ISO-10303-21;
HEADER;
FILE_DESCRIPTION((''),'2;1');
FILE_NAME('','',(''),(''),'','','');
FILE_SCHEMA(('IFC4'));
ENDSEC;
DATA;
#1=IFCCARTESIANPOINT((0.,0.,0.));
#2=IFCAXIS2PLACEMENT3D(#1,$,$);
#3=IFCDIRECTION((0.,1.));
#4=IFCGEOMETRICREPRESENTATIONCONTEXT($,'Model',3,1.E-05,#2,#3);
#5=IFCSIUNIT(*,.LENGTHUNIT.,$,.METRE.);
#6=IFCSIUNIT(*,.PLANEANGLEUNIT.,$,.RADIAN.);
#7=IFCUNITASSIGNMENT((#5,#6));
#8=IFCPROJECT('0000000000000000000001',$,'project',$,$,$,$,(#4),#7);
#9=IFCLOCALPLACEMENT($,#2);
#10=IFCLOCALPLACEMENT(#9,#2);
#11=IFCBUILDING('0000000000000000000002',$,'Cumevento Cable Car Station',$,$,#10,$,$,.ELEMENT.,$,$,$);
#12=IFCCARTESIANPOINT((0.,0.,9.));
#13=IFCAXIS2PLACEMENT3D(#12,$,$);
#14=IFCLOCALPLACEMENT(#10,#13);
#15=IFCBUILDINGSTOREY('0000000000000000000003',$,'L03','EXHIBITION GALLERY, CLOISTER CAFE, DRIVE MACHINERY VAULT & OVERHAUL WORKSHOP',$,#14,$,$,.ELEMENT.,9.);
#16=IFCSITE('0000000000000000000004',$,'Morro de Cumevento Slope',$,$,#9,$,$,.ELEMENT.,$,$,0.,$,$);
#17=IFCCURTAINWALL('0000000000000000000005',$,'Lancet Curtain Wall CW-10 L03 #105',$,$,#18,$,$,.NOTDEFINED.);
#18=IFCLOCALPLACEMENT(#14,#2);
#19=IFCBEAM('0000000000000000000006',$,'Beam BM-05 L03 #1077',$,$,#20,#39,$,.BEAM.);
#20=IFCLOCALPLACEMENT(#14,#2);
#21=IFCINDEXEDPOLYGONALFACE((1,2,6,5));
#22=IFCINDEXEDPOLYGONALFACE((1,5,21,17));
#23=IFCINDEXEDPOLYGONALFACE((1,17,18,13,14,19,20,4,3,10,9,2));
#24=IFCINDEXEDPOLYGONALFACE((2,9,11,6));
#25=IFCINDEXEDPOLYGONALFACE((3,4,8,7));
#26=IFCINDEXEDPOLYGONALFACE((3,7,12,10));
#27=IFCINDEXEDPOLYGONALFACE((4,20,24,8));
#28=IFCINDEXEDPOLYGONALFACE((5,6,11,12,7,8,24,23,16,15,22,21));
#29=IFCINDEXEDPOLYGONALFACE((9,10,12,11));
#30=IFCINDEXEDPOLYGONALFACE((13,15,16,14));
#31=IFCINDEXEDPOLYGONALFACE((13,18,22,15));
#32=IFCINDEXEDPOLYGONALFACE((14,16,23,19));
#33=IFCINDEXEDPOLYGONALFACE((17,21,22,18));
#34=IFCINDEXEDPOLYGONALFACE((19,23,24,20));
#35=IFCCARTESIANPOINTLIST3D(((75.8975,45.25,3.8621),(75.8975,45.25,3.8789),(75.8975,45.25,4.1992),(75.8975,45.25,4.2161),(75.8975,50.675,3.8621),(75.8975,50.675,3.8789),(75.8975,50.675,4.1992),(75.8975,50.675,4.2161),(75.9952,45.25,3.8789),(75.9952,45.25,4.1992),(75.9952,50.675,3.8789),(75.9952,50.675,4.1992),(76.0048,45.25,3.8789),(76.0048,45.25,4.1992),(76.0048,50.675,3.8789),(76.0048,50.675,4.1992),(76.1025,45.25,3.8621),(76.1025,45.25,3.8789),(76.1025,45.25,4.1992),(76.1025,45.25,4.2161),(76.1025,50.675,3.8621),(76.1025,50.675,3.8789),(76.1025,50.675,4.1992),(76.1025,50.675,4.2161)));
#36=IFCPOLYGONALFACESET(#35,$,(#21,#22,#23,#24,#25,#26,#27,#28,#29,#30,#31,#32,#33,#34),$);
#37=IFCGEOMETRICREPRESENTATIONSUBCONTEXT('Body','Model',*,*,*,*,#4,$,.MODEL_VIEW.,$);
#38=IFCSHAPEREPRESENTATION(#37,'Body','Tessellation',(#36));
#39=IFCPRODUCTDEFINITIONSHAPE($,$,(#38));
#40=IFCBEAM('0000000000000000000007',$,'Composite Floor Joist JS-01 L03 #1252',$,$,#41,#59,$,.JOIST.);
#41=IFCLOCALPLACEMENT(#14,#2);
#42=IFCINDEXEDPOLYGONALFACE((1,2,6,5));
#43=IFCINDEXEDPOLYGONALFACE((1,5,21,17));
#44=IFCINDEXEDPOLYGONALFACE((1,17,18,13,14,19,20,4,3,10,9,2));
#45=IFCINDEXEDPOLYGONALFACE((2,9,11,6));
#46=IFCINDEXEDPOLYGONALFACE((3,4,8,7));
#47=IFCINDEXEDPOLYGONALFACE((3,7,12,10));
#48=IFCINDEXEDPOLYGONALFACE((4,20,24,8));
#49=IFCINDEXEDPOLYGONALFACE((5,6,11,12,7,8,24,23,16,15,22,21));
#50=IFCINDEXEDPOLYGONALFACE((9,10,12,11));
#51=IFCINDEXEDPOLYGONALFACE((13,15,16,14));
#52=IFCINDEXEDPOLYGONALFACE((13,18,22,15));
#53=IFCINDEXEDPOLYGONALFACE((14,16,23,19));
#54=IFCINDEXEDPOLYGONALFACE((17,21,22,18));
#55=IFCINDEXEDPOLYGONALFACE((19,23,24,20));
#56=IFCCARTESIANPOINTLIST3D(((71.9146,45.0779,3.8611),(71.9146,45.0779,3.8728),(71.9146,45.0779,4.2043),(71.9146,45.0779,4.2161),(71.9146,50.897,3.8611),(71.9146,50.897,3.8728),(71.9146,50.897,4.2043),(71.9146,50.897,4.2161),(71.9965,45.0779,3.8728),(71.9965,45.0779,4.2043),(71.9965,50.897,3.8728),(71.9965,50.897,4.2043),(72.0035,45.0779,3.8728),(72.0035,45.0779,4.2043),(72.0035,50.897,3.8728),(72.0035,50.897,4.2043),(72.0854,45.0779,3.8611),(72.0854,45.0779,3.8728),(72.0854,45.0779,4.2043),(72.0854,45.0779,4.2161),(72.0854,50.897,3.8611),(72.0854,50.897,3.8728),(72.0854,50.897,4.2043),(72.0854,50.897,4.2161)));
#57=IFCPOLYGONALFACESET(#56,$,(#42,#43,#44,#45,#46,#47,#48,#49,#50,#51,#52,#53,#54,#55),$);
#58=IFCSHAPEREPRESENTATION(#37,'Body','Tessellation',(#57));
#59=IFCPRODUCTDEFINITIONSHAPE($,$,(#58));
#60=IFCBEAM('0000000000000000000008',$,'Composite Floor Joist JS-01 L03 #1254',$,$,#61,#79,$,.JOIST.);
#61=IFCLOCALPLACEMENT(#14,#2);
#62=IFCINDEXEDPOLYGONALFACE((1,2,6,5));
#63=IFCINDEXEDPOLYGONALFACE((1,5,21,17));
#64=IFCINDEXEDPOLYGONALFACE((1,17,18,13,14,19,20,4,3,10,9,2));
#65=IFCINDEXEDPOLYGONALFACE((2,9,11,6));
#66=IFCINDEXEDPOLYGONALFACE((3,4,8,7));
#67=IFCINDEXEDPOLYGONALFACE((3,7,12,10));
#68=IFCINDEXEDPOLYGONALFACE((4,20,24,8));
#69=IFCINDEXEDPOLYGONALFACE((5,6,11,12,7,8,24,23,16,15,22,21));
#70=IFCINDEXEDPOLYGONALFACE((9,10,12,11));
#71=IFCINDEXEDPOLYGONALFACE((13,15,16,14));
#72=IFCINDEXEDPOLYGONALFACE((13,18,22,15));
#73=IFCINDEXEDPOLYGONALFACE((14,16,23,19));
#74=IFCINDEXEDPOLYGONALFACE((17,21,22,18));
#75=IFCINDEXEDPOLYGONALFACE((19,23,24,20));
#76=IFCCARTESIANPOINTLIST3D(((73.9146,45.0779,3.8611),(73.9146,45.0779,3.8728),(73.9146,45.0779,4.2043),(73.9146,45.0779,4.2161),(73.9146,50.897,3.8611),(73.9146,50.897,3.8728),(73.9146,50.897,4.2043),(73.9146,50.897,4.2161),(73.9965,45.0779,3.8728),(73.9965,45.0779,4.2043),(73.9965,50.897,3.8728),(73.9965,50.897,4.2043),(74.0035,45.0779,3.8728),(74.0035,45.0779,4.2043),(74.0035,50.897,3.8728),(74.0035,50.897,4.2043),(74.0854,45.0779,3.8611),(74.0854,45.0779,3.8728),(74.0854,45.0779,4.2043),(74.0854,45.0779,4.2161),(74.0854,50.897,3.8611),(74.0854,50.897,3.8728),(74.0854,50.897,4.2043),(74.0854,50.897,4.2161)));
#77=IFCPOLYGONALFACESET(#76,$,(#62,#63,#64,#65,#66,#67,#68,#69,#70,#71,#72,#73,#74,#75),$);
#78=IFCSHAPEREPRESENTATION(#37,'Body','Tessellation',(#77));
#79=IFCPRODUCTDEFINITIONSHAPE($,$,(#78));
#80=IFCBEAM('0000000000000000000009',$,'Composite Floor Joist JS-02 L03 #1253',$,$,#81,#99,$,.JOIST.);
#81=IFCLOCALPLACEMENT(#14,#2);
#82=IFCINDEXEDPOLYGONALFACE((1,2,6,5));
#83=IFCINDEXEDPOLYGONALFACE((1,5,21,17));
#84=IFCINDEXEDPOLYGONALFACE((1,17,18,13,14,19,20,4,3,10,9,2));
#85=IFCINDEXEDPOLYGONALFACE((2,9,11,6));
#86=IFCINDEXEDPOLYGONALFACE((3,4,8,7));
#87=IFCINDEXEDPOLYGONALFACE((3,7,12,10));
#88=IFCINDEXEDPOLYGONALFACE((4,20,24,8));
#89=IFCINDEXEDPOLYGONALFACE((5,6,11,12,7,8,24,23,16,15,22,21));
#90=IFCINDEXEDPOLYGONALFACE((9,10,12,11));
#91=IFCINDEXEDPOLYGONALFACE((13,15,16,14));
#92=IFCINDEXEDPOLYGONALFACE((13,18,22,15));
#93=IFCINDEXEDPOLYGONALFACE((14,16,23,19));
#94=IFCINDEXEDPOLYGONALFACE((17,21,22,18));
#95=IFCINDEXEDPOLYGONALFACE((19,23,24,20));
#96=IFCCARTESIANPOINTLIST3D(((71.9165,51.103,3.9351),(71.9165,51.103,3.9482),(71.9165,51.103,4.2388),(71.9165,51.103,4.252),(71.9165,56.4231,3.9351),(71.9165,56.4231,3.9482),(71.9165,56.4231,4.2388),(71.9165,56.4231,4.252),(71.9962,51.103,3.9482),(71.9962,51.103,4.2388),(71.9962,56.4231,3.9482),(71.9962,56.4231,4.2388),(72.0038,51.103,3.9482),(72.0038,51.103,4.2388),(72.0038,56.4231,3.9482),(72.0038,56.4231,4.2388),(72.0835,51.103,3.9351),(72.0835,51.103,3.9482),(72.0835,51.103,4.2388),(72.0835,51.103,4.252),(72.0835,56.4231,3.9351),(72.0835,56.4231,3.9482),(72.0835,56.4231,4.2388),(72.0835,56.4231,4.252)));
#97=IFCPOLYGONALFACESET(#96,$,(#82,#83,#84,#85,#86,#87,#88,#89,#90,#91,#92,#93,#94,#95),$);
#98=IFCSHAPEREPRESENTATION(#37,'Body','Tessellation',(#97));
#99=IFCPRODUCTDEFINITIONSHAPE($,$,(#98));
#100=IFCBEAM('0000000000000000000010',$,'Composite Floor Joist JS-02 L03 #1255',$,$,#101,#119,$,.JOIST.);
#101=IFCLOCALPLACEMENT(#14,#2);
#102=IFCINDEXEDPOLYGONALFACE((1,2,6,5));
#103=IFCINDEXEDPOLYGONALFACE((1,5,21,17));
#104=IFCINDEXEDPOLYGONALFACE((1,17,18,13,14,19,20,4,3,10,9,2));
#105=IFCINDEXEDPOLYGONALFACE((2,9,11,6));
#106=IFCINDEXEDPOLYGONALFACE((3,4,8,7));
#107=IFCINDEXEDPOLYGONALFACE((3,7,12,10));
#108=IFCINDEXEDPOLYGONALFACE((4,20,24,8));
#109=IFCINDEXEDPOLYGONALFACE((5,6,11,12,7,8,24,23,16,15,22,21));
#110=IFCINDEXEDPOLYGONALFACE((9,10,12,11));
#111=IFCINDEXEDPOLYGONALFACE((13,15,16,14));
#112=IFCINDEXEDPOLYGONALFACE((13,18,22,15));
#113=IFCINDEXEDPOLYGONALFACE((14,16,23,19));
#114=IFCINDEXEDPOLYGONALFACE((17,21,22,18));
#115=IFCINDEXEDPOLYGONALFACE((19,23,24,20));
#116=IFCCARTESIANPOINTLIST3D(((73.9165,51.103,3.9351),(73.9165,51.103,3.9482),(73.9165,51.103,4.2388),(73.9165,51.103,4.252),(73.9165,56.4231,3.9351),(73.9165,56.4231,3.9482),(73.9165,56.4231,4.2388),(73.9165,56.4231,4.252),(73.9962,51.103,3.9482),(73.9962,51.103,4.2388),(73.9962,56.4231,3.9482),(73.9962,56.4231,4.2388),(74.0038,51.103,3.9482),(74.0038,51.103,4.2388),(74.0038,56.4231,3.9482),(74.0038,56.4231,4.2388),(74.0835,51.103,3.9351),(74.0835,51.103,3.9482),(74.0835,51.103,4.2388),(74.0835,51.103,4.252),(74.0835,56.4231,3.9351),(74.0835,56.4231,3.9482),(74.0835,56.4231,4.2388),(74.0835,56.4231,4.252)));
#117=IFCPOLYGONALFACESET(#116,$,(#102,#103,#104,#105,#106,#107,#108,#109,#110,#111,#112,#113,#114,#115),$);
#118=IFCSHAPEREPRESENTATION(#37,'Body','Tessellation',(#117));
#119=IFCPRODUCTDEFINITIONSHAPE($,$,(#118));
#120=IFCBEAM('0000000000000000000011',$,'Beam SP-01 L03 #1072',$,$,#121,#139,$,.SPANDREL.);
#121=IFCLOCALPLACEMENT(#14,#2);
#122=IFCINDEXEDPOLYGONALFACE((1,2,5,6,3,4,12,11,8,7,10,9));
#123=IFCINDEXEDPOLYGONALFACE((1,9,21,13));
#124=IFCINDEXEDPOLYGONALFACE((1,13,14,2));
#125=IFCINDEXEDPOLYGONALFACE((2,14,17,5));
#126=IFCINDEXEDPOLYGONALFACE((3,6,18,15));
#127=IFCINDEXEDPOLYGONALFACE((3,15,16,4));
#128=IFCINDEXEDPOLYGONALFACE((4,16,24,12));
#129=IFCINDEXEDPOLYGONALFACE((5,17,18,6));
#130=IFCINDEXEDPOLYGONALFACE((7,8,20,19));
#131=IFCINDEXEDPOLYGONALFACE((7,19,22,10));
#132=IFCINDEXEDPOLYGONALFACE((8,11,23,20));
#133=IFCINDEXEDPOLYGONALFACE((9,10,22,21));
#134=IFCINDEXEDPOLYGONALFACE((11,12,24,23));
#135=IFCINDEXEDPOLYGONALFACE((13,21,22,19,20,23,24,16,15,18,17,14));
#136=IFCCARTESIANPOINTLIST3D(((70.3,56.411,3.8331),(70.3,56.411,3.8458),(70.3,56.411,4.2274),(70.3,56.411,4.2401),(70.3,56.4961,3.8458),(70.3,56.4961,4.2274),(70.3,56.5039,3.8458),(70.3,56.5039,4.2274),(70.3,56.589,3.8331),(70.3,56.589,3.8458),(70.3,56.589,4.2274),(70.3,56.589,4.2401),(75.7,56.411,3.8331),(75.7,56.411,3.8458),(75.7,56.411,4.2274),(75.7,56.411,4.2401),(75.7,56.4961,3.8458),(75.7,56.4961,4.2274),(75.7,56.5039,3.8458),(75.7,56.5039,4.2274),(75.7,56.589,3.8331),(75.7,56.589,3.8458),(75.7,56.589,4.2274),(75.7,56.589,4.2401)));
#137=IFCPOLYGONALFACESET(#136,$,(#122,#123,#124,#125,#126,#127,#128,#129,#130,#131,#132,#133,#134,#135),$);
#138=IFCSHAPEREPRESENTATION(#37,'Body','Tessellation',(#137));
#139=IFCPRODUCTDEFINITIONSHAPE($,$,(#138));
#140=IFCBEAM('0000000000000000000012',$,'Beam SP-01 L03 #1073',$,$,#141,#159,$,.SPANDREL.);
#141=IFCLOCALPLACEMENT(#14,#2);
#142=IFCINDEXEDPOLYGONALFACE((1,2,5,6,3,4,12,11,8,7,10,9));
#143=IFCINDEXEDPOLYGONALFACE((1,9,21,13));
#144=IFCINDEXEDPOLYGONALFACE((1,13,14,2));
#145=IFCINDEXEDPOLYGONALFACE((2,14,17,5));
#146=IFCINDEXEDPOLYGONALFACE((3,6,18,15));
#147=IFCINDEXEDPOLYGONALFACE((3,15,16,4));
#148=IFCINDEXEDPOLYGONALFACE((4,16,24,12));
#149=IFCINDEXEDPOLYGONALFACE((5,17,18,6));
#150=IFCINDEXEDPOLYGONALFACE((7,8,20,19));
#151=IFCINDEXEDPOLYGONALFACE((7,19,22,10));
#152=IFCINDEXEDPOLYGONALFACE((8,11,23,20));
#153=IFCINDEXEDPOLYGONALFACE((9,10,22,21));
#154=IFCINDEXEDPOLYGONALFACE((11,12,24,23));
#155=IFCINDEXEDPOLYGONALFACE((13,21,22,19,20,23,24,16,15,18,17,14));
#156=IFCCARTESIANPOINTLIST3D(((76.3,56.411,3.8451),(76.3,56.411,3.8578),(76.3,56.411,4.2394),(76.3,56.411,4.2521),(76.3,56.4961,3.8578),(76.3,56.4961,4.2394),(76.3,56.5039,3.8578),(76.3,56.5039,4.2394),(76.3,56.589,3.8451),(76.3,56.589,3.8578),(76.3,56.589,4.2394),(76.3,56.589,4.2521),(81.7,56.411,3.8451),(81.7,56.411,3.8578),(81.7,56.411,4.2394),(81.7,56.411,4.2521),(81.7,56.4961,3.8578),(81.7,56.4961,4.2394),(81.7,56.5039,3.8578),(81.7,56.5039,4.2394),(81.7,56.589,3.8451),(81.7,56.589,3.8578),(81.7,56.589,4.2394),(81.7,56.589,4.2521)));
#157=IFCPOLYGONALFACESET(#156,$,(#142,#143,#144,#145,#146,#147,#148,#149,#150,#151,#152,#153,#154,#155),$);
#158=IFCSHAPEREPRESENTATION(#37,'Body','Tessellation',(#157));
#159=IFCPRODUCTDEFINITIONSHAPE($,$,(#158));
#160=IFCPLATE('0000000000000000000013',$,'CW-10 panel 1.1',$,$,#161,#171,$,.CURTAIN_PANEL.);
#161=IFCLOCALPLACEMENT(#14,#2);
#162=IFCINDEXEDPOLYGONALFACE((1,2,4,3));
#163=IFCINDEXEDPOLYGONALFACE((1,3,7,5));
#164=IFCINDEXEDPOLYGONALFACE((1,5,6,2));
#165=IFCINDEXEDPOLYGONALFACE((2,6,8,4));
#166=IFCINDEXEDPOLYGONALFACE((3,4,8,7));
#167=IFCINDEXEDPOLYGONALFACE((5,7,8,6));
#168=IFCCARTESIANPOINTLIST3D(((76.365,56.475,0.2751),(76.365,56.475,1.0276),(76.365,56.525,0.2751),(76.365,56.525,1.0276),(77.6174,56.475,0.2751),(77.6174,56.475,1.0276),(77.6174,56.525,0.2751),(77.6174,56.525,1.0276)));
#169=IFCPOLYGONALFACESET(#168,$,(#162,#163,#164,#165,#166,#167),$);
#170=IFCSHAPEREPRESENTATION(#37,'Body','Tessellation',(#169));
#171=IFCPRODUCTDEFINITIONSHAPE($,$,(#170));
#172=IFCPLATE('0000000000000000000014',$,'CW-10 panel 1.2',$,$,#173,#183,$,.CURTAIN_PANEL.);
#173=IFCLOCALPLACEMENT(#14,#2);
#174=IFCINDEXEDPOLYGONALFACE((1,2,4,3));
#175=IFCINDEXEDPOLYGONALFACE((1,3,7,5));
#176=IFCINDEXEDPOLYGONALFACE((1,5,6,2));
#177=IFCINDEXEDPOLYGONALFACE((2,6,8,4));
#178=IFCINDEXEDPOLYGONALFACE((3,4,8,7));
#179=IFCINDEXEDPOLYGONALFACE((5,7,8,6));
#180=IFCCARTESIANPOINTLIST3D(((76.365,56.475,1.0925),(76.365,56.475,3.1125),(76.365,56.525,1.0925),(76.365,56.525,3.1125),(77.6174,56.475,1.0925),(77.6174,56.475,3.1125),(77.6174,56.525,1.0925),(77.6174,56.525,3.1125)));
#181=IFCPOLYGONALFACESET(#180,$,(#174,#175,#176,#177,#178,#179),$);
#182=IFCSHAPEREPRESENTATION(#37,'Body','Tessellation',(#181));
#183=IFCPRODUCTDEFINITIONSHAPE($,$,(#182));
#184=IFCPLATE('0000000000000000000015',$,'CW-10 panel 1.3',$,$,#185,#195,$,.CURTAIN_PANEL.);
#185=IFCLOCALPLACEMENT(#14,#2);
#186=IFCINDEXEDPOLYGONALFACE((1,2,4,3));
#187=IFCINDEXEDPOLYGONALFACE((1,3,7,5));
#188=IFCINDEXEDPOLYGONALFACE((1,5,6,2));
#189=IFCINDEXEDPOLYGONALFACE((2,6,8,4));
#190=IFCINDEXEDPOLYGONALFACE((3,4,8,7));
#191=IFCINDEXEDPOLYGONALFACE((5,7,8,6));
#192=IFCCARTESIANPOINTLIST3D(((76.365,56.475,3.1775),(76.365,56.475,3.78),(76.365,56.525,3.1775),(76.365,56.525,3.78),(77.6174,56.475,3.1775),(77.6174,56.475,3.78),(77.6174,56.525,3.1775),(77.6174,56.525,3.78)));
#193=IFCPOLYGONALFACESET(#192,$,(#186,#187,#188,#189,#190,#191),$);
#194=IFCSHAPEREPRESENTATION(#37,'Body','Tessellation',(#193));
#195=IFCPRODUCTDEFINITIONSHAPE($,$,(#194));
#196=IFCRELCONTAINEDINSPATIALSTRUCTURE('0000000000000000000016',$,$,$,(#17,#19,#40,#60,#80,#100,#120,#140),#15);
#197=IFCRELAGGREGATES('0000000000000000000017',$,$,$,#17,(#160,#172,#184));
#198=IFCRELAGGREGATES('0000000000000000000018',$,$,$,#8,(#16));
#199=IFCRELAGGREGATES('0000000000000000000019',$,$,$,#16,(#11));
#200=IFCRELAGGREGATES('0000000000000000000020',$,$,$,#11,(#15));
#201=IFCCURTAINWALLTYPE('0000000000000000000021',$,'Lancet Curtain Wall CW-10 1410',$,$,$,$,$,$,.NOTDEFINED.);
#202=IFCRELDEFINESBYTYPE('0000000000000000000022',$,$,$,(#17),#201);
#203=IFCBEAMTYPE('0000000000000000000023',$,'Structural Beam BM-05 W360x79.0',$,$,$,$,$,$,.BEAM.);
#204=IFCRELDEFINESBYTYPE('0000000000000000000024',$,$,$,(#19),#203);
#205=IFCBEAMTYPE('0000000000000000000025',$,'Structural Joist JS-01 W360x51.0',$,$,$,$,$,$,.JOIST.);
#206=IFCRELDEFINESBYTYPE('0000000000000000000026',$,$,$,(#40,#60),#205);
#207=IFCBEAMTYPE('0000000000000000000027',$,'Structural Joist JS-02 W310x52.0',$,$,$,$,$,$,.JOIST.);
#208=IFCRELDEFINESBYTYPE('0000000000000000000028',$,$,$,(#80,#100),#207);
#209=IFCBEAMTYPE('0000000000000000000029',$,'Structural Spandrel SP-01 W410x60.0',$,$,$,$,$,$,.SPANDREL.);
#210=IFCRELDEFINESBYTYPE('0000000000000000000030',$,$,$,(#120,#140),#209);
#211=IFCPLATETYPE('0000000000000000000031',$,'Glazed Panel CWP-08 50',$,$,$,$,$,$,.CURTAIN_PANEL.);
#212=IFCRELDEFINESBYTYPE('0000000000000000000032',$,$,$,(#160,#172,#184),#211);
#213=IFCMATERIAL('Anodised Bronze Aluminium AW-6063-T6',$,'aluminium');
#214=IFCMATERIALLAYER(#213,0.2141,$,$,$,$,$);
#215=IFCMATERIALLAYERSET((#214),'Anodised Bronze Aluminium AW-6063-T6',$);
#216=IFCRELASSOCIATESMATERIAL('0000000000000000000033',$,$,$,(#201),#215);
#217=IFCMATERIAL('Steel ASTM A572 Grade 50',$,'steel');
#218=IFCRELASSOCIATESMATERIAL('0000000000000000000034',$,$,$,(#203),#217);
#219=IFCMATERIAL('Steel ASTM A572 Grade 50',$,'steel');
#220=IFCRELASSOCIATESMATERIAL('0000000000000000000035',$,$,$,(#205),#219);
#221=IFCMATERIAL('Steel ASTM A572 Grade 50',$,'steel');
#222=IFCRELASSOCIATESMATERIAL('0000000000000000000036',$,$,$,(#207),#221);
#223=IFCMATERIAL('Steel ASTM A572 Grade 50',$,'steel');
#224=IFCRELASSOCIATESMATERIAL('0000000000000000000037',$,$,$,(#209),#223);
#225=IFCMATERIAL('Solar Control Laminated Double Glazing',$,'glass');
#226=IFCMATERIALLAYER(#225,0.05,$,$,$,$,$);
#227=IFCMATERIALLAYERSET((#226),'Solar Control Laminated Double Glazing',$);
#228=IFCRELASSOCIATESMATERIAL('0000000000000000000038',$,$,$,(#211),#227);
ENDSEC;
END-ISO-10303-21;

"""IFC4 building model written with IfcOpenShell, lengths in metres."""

from ifc_helpers import new_model, si_unit, direction, frame, origin, origin_2d, place, context, subcontext, project, spatial, rectangle, i_section, extrude, material, layer, layer_set, material_profile, profile_set, type_object, element, aggregate, save


model = new_model("IFC4")

# Units and contexts
model_context = context("Model", 3, precision=1e-05, world=origin(), true_north=direction((0.0, 1.0)))
body_context = subcontext(model_context, "Body", "Model", "MODEL_VIEW")
ifc_project = project(units=[si_unit("LENGTHUNIT", "METRE"), si_unit("PLANEANGLEUNIT", "RADIAN")], contexts=[model_context])

# Site, building, storey
site_placement = place(None, origin())
site = spatial("IfcSite", under=ifc_project, at=site_placement, Name="Morro de Cumevento Slope", CompositionType="ELEMENT", RefElevation=0.0)
building_placement = place(site_placement, origin())
building = spatial("IfcBuilding", under=site, at=building_placement, Name="Cumevento Cable Car Station", CompositionType="ELEMENT")
storey_placement = place(building_placement, frame((0.0, 0.0, 9.0)))
storey = spatial("IfcBuildingStorey", under=building, at=storey_placement, Name="L03", Description="EXHIBITION GALLERY, CLOISTER CAFE, DRIVE MACHINERY VAULT & OVERHAUL WORKSHOP", CompositionType="ELEMENT", Elevation=9.0)

# Curtain wall
ifc_material_1 = material(Name="Anodised Bronze Aluminium AW-6063-T6", Category="aluminium")
ifc_layer_1 = layer(ifc_material_1, 0.2141)
ifc_layer_set_1 = layer_set([ifc_layer_1], Name="Anodised Bronze Aluminium AW-6063-T6")
curtain_wall_type = type_object("IfcCurtainWallType", Name="Lancet Curtain Wall CW-10 1410", PredefinedType="NOTDEFINED", material=ifc_layer_set_1)
curtain_wall_placement = place(storey_placement, origin())
curtain_wall = element("IfcCurtainWall", 1, at=curtain_wall_placement, inside=storey, type_object=curtain_wall_type, Name="Lancet Curtain Wall CW-10 L03 #105", PredefinedType="NOTDEFINED")

# Beams
ifc_material_2 = material(Name="Steel ASTM A572 Grade 50", Category="steel")
ifc_material_profile_1 = material_profile(ifc_material_2, i_section(OverallWidth=0.2051, OverallDepth=0.354, WebThickness=0.0095, FlangeThickness=0.0168, at=origin_2d()), Name="W360x79.0")
ifc_profile_set_1 = profile_set([ifc_material_profile_1], Name="Steel ASTM A572 Grade 50")
beam_type_1 = type_object("IfcBeamType", Name="Structural Beam BM-05 W360x79.0", PredefinedType="BEAM", material=ifc_profile_set_1)
beam_1_placement = place(storey_placement, frame((76.0, 45.25, 4.0391), z_axis=(0.0, 1.0, 0.0), x_axis=(-1.0, 0.0, 0.0)))
element("IfcBeam", 2, at=beam_1_placement, inside=storey, type_object=beam_type_1, Name="Beam BM-05 L03 #1077", PredefinedType="BEAM", context=body_context, shape_type="SweptSolid", body=[
    extrude(i_section(OverallWidth=0.2051, OverallDepth=0.354, WebThickness=0.0095, FlangeThickness=0.0168, at=origin_2d()), origin(), (0.0, 0.0, 1.0), 5.425),
])
ifc_material_3 = material(Name="Steel ASTM A572 Grade 50", Category="steel")
ifc_material_profile_2 = material_profile(ifc_material_3, i_section(OverallWidth=0.1709, OverallDepth=0.355, WebThickness=0.0071, FlangeThickness=0.0117, at=origin_2d()), Name="W360x51.0")
ifc_profile_set_2 = profile_set([ifc_material_profile_2], Name="Steel ASTM A572 Grade 50")
beam_type_2 = type_object("IfcBeamType", Name="Structural Joist JS-01 W360x51.0", PredefinedType="JOIST", material=ifc_profile_set_2)
for number, where, z_axis, x_axis, name in (
    (3, (72.0, 45.0779, 4.0386), (0.0, 1.0, 0.0), (-1.0, 0.0, 0.0), "Composite Floor Joist JS-01 L03 #1252"),
    (4, (74.0, 45.0779, 4.0386), (0.0, 1.0, 0.0), (-1.0, 0.0, 0.0), "Composite Floor Joist JS-01 L03 #1254"),
):
    element("IfcBeam", number, at=place(storey_placement, frame(where, z_axis=z_axis, x_axis=x_axis)), inside=storey, type_object=beam_type_2, Name=name, PredefinedType="JOIST", context=body_context, shape_type="SweptSolid", body=[
        extrude(i_section(OverallWidth=0.1709, OverallDepth=0.355, WebThickness=0.0071, FlangeThickness=0.0117, at=origin_2d()), origin(), (0.0, 0.0, 1.0), 5.8191),
    ])
ifc_material_4 = material(Name="Steel ASTM A572 Grade 50", Category="steel")
ifc_material_profile_3 = material_profile(ifc_material_4, i_section(OverallWidth=0.167, OverallDepth=0.3169, WebThickness=0.0076, FlangeThickness=0.0132, at=origin_2d()), Name="W310x52.0")
ifc_profile_set_3 = profile_set([ifc_material_profile_3], Name="Steel ASTM A572 Grade 50")
beam_type_3 = type_object("IfcBeamType", Name="Structural Joist JS-02 W310x52.0", PredefinedType="JOIST", material=ifc_profile_set_3)
for number, where, z_axis, x_axis, name in (
    (5, (72.0, 51.103, 4.0935), (0.0, 1.0, 0.0), (-1.0, 0.0, 0.0), "Composite Floor Joist JS-02 L03 #1253"),
    (6, (74.0, 51.103, 4.0935), (0.0, 1.0, 0.0), (-1.0, 0.0, 0.0), "Composite Floor Joist JS-02 L03 #1255"),
):
    element("IfcBeam", number, at=place(storey_placement, frame(where, z_axis=z_axis, x_axis=x_axis)), inside=storey, type_object=beam_type_3, Name=name, PredefinedType="JOIST", context=body_context, shape_type="SweptSolid", body=[
        extrude(i_section(OverallWidth=0.167, OverallDepth=0.3169, WebThickness=0.0076, FlangeThickness=0.0132, at=origin_2d()), origin(), (0.0, 0.0, 1.0), 5.3201),
    ])
ifc_material_5 = material(Name="Steel ASTM A572 Grade 50", Category="steel")
ifc_material_profile_4 = material_profile(ifc_material_5, i_section(OverallWidth=0.178, OverallDepth=0.407, WebThickness=0.0078, FlangeThickness=0.0127, at=origin_2d()), Name="W410x60.0")
ifc_profile_set_4 = profile_set([ifc_material_profile_4], Name="Steel ASTM A572 Grade 50")
beam_type_4 = type_object("IfcBeamType", Name="Structural Spandrel SP-01 W410x60.0", PredefinedType="SPANDREL", material=ifc_profile_set_4)
for number, where, z_axis, x_axis, name in (
    (7, (70.3, 56.5, 4.0366), (1.0, 0.0, 0.0), (0.0, 1.0, 0.0), "Beam SP-01 L03 #1072"),
    (8, (76.3, 56.5, 4.0486), (1.0, 0.0, 0.0), (0.0, 1.0, 0.0), "Beam SP-01 L03 #1073"),
):
    element("IfcBeam", number, at=place(storey_placement, frame(where, z_axis=z_axis, x_axis=x_axis)), inside=storey, type_object=beam_type_4, Name=name, PredefinedType="SPANDREL", context=body_context, shape_type="SweptSolid", body=[
        extrude(i_section(OverallWidth=0.178, OverallDepth=0.407, WebThickness=0.0078, FlangeThickness=0.0127, at=origin_2d()), origin(), (0.0, 0.0, 1.0), 5.3999),
    ])

# Plates
ifc_material_6 = material(Name="Solar Control Laminated Double Glazing", Category="glass")
ifc_layer_2 = layer(ifc_material_6, 0.05)
ifc_layer_set_2 = layer_set([ifc_layer_2], Name="Solar Control Laminated Double Glazing")
plate_type = type_object("IfcPlateType", Name="Glazed Panel CWP-08 50", PredefinedType="CURTAIN_PANEL", material=ifc_layer_set_2)
plate_1_placement = place(storey_placement, frame((76.9912, 56.5, 0.2751), z_axis=(0.0, 0.0, 1.0), x_axis=(1.0, 0.0, 0.0)))
plate_1 = element("IfcPlate", 9, at=plate_1_placement, type_object=plate_type, Name="CW-10 panel 1.1", PredefinedType="CURTAIN_PANEL", context=body_context, shape_type="SweptSolid", body=[
    extrude(rectangle(XDim=1.2524, YDim=0.05, at=origin_2d()), origin(), (0.0, 0.0, 1.0), 0.7524),
])
plate_2_placement = place(storey_placement, frame((76.9912, 56.5, 1.0925), z_axis=(0.0, 0.0, 1.0), x_axis=(1.0, 0.0, 0.0)))
plate_2 = element("IfcPlate", 10, at=plate_2_placement, type_object=plate_type, Name="CW-10 panel 1.2", PredefinedType="CURTAIN_PANEL", context=body_context, shape_type="SweptSolid", body=[
    extrude(rectangle(XDim=1.2524, YDim=0.05, at=origin_2d()), origin(), (0.0, 0.0, 1.0), 2.02),
])
plate_3_placement = place(storey_placement, frame((76.9912, 56.5, 3.1775), z_axis=(0.0, 0.0, 1.0), x_axis=(1.0, 0.0, 0.0)))
plate_3 = element("IfcPlate", 11, at=plate_3_placement, type_object=plate_type, Name="CW-10 panel 1.3", PredefinedType="CURTAIN_PANEL", context=body_context, shape_type="SweptSolid", body=[
    extrude(rectangle(XDim=1.2524, YDim=0.05, at=origin_2d()), origin(), (0.0, 0.0, 1.0), 0.6025),
])
aggregate(curtain_wall, [plate_1, plate_2, plate_3])

save(model, "model.ifc")
